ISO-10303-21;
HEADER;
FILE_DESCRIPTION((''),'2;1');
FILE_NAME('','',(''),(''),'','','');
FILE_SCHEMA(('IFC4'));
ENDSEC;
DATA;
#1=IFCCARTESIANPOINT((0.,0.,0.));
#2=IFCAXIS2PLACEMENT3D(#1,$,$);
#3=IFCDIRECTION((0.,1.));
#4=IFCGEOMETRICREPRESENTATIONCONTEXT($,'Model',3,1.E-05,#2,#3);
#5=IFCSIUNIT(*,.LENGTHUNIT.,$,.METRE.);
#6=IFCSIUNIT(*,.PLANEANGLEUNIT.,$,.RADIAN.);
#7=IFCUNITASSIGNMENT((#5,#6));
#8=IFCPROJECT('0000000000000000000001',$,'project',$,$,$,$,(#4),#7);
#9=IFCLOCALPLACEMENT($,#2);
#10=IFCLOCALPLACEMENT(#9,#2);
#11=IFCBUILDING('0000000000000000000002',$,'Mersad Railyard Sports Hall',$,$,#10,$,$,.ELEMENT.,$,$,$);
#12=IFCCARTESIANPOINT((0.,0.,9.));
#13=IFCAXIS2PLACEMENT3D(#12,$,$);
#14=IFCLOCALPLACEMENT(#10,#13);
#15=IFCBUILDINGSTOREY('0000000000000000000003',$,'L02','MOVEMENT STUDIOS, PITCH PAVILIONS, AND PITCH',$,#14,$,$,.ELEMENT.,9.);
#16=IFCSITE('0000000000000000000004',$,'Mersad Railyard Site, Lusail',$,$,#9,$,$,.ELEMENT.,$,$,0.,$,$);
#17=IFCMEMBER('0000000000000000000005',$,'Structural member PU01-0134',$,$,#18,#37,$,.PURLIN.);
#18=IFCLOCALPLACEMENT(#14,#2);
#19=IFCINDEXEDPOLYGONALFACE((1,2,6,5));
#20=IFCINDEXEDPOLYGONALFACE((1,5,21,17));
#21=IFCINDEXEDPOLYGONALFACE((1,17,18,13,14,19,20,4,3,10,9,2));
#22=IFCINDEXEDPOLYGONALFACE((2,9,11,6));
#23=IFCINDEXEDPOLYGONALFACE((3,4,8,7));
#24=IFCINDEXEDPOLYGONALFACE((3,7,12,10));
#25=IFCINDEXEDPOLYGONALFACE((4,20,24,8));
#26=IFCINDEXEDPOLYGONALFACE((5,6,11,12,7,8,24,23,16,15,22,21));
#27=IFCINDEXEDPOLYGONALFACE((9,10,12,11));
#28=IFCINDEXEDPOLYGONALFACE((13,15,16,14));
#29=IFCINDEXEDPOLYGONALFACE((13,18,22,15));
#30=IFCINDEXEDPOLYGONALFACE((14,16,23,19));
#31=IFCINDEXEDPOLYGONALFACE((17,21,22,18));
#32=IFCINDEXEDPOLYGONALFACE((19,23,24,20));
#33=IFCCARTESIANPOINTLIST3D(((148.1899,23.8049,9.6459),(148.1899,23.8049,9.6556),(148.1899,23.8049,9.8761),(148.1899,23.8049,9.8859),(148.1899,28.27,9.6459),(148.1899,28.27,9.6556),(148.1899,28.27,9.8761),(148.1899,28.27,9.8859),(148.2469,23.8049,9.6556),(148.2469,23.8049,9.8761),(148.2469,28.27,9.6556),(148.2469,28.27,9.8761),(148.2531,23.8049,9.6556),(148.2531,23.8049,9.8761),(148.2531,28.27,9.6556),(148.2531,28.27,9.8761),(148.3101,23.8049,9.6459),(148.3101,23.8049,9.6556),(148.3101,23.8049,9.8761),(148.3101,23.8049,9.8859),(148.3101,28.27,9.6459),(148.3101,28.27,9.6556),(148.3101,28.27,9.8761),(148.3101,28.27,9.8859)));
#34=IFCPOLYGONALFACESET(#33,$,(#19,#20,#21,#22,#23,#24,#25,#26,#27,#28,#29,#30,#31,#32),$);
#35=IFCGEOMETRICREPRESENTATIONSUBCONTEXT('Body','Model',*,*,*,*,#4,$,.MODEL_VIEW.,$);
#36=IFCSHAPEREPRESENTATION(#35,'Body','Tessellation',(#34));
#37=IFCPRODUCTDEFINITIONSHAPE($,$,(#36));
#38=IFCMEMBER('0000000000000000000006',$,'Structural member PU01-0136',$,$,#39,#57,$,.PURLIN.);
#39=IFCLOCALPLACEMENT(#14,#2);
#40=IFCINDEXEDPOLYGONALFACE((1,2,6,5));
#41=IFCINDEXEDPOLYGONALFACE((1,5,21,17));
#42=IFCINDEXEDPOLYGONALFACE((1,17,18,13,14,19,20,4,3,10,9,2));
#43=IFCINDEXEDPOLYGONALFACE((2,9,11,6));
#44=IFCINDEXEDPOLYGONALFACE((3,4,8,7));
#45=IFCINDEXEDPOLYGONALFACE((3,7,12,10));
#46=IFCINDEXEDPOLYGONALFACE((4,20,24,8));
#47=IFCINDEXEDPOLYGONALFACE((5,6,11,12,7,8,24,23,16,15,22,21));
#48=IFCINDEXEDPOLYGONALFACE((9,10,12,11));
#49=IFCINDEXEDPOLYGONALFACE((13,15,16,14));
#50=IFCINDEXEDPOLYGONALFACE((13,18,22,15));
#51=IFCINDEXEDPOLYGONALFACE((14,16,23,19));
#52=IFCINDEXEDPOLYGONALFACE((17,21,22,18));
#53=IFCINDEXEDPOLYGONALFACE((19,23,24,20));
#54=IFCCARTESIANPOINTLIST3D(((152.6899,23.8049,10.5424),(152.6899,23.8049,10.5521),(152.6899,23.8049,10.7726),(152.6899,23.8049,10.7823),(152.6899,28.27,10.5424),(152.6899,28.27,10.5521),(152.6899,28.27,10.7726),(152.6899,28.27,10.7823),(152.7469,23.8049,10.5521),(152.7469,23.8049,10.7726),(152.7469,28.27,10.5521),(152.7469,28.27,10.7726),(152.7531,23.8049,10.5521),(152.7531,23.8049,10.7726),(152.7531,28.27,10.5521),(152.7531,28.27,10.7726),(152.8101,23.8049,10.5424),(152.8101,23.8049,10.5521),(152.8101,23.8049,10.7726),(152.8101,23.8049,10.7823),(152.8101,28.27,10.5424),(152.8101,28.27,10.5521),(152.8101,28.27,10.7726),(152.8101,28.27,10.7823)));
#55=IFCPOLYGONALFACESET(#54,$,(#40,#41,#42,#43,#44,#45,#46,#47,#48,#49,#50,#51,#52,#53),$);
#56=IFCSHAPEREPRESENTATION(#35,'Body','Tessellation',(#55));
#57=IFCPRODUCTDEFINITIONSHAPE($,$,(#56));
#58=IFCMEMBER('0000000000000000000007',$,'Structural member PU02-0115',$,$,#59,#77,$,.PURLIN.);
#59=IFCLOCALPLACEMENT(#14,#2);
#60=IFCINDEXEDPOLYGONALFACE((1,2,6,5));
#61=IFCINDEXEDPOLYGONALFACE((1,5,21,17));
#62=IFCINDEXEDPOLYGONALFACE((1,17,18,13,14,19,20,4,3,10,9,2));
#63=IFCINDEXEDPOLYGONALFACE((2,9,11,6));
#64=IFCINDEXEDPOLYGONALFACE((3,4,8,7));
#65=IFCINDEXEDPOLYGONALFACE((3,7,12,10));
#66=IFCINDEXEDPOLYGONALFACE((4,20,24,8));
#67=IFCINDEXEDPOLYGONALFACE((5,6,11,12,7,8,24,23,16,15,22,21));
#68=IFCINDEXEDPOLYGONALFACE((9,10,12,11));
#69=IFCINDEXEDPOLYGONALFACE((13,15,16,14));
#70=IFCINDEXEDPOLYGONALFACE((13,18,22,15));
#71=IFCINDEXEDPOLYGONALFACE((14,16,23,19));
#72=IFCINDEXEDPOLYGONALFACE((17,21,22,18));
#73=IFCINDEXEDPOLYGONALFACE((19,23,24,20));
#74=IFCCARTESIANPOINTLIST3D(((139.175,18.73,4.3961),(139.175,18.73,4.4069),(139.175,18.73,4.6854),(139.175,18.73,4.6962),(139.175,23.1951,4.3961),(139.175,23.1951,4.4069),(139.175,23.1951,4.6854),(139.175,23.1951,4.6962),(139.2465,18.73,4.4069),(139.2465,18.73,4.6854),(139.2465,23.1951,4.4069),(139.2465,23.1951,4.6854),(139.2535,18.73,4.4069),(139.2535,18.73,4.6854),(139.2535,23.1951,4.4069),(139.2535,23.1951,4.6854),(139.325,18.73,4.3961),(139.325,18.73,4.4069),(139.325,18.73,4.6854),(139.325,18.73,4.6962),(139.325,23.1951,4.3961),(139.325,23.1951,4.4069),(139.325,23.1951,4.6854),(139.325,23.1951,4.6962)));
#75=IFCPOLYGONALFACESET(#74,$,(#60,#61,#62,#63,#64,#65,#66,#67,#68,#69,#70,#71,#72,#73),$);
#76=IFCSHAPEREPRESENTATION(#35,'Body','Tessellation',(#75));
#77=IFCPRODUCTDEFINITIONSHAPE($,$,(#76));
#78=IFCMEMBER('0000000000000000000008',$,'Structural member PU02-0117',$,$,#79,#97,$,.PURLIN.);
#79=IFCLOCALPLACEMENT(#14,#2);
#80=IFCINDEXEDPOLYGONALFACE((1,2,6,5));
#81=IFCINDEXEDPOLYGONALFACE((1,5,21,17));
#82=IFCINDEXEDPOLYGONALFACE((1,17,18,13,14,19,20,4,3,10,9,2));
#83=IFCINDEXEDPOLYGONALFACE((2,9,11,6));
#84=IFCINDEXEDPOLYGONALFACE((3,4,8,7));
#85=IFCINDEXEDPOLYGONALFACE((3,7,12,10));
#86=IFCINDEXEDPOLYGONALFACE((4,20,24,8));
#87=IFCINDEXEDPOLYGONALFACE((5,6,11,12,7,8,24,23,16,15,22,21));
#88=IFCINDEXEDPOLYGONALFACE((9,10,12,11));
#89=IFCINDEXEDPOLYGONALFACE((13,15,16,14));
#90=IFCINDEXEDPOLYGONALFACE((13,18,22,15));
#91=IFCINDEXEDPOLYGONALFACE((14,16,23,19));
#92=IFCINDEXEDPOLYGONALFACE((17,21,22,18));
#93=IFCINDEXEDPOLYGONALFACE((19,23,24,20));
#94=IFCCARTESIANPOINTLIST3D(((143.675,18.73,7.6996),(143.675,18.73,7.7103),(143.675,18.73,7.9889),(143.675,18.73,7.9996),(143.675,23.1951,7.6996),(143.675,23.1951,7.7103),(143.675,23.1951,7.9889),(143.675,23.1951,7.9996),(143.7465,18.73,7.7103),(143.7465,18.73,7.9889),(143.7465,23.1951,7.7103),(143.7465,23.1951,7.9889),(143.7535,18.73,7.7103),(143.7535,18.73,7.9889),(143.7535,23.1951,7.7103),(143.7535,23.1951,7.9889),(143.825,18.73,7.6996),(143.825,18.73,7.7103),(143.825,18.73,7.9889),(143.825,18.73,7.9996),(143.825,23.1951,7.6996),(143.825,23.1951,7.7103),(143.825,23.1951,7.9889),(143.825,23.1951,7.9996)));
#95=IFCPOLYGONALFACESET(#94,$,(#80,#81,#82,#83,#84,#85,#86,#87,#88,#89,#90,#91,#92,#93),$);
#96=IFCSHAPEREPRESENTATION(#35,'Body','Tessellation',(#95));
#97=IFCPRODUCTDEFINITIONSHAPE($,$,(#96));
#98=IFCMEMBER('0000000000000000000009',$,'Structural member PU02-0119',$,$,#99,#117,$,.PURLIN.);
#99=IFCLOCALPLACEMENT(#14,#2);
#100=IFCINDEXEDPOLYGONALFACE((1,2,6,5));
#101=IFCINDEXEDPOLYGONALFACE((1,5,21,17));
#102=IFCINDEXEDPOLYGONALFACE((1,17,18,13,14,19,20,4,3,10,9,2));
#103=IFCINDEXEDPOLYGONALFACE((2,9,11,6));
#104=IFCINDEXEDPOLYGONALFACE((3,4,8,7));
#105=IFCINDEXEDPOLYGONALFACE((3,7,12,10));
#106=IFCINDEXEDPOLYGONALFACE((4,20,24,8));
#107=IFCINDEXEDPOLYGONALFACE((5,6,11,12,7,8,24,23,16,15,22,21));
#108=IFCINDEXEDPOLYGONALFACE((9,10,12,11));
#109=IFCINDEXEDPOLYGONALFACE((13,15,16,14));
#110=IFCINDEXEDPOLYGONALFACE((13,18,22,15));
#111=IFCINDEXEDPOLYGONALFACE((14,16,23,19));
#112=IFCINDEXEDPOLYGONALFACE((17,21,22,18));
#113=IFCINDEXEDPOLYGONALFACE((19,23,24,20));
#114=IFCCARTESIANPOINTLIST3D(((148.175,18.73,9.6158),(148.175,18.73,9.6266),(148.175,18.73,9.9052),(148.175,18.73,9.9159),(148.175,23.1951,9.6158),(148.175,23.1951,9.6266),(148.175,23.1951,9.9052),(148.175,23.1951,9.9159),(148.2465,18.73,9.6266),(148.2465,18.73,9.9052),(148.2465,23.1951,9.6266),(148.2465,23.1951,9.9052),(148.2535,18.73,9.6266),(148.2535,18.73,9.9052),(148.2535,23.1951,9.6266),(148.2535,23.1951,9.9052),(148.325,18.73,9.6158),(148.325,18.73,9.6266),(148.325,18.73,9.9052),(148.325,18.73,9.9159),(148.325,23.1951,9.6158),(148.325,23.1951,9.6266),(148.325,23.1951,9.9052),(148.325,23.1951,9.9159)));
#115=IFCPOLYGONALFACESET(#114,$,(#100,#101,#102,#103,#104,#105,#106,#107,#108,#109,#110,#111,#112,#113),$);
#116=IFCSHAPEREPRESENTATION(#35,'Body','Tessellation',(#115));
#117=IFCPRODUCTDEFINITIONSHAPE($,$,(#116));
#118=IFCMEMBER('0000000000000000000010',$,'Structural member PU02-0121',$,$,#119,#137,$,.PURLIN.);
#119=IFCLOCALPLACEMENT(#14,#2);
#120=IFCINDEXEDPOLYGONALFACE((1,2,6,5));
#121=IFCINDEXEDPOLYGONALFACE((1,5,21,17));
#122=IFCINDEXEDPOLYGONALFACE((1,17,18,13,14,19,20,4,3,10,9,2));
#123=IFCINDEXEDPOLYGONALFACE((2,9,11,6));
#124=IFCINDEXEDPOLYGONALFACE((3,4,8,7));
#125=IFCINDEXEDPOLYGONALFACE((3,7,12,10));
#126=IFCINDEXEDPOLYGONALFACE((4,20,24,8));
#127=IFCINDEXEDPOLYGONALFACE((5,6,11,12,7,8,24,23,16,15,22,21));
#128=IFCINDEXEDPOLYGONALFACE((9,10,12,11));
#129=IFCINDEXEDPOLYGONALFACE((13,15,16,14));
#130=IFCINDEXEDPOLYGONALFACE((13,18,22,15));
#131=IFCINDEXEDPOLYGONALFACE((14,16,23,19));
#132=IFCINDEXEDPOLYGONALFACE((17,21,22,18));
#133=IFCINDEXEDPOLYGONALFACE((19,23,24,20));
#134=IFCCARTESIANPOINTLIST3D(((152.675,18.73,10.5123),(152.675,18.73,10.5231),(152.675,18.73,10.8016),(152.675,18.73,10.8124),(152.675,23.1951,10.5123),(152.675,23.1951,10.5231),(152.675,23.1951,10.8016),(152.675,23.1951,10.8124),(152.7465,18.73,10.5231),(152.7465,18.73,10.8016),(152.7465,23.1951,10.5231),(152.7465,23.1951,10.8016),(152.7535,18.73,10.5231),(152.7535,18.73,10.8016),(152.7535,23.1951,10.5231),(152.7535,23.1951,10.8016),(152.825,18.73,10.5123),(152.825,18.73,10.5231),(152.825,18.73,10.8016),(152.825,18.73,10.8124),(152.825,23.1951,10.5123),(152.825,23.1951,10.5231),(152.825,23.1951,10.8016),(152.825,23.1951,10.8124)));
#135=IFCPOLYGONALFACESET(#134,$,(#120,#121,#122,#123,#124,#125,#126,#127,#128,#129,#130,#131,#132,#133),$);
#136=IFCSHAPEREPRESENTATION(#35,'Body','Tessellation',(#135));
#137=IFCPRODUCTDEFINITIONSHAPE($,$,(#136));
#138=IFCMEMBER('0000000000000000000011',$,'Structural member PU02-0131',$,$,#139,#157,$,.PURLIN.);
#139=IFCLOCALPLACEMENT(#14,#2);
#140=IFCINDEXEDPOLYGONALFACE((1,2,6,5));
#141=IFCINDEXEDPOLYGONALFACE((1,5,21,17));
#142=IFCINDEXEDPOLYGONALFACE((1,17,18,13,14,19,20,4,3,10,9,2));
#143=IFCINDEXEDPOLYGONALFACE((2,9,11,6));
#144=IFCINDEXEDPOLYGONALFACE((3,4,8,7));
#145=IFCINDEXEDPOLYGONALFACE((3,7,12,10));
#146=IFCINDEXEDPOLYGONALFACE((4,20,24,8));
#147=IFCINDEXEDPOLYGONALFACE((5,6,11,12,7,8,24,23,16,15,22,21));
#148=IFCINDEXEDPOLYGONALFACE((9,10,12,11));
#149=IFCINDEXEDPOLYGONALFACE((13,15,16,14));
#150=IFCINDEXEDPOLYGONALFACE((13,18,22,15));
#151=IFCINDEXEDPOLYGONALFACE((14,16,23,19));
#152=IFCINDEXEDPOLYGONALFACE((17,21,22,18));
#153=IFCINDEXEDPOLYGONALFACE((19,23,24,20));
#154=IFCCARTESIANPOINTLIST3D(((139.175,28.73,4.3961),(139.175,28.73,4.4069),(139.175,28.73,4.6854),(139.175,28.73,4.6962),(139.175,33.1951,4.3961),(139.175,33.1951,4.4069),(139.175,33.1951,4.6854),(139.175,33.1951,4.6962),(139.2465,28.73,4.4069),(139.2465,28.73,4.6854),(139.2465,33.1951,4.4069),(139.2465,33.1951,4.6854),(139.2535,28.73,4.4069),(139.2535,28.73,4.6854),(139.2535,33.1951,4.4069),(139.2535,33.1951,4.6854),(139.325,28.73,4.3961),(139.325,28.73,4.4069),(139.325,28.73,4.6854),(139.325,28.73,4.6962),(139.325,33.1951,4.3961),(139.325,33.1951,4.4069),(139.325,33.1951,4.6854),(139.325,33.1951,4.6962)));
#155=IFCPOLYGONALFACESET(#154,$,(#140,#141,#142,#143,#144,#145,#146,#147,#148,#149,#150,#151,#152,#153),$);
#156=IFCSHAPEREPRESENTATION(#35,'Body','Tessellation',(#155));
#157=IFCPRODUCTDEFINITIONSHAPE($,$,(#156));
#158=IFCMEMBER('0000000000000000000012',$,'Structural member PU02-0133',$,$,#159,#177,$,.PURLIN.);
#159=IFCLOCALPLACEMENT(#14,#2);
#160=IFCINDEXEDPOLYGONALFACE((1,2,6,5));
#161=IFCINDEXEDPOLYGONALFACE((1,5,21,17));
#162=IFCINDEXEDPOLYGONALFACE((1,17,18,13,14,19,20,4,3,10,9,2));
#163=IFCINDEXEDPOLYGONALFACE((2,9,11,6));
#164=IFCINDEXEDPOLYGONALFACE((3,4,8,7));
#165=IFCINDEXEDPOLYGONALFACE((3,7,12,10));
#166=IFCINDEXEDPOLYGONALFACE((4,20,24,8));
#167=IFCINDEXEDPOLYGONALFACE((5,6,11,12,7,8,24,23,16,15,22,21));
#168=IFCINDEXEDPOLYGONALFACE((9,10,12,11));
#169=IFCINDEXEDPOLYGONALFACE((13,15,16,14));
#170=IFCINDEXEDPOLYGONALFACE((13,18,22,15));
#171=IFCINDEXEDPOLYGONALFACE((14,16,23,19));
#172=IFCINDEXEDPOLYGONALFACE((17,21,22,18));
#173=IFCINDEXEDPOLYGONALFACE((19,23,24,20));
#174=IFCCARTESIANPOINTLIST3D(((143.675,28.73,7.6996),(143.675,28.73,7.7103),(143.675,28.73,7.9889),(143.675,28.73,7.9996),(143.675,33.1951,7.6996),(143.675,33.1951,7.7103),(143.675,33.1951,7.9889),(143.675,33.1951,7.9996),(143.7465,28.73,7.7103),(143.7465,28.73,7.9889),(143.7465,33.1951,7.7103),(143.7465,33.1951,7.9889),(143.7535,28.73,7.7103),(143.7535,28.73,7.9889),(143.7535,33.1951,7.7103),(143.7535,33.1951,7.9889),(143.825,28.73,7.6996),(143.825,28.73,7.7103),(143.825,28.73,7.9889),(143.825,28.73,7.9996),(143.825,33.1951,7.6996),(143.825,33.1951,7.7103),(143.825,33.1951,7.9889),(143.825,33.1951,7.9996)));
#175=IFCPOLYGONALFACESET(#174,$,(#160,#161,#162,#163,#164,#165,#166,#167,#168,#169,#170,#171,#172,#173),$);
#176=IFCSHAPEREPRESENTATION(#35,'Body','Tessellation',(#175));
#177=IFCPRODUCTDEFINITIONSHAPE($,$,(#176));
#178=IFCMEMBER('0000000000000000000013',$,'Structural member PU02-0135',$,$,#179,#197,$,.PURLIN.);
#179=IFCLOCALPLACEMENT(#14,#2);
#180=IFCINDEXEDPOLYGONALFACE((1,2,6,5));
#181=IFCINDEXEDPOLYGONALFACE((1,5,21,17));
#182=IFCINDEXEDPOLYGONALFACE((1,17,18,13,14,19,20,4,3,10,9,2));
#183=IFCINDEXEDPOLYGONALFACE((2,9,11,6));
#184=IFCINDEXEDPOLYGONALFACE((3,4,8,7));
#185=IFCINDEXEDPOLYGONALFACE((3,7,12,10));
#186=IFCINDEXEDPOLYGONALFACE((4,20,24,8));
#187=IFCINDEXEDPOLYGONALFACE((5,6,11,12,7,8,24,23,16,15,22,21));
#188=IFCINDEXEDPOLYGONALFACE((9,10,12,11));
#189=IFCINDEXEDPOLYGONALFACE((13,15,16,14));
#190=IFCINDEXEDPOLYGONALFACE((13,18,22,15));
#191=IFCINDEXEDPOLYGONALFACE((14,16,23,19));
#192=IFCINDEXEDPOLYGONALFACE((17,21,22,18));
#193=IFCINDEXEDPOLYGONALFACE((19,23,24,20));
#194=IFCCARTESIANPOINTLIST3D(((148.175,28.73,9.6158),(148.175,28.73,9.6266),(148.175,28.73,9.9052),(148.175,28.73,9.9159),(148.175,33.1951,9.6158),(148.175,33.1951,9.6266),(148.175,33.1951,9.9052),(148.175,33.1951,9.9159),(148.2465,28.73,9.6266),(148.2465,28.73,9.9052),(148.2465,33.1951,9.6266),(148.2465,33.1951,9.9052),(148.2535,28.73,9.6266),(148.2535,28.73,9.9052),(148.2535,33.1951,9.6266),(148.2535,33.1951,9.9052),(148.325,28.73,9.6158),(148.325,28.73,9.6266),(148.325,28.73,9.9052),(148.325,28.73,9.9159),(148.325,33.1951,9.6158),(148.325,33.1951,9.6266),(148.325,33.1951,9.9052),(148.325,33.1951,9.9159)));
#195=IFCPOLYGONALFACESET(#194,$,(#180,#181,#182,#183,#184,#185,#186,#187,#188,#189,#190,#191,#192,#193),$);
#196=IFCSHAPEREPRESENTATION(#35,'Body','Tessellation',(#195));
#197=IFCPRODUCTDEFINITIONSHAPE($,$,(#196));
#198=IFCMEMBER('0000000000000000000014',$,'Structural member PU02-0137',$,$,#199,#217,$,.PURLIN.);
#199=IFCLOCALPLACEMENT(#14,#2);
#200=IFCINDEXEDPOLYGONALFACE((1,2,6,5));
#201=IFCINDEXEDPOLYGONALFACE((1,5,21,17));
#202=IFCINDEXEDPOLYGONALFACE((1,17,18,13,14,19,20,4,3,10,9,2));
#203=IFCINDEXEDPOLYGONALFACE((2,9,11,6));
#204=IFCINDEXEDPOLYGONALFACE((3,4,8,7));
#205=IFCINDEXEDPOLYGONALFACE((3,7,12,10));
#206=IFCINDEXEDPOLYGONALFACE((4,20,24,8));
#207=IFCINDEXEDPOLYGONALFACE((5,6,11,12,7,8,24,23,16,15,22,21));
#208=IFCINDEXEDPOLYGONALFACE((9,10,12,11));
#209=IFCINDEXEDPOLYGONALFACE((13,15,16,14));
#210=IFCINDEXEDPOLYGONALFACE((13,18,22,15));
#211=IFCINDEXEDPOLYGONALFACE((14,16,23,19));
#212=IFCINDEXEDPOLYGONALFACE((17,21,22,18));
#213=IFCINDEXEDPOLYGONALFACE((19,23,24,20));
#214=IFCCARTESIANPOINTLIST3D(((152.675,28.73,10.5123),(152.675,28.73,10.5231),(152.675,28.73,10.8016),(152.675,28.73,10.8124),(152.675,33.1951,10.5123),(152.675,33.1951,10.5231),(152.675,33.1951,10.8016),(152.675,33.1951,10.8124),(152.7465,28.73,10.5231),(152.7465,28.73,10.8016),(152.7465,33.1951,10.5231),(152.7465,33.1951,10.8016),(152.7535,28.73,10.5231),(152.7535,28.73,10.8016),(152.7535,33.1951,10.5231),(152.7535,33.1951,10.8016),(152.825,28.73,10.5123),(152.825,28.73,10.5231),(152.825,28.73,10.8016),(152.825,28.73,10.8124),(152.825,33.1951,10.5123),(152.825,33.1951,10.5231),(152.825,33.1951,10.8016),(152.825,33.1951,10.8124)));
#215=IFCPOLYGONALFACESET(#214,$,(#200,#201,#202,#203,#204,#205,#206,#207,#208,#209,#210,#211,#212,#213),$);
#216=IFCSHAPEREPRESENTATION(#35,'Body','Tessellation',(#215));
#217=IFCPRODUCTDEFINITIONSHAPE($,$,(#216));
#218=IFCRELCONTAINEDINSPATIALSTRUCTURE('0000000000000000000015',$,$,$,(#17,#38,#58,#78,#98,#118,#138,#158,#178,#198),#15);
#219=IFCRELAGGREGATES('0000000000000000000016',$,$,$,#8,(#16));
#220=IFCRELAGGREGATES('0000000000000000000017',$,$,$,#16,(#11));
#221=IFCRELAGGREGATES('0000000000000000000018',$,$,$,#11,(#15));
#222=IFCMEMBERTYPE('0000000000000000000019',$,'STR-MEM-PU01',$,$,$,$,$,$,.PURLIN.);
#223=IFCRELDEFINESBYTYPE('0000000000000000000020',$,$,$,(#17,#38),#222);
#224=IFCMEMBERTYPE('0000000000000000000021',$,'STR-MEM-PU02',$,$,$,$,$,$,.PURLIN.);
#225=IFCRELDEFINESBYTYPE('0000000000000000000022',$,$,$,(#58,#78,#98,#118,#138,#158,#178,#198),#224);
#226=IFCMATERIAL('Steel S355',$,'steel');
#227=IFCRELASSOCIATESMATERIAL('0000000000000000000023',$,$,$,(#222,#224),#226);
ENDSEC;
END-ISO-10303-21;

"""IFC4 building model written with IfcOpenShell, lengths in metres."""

from ifc_helpers import new_model, si_unit, direction, frame, origin, origin_2d, place, context, subcontext, project, spatial, i_section, extrude, material, material_profile, profile_set, type_object, element, save


model = new_model("IFC4")

# Units and contexts
model_context = context("Model", 3, precision=1e-05, world=origin(), true_north=direction((0.0, 1.0)))
body_context = subcontext(model_context, "Body", "Model", "MODEL_VIEW")
ifc_project = project(units=[si_unit("LENGTHUNIT", "METRE"), si_unit("PLANEANGLEUNIT", "RADIAN")], contexts=[model_context])

# Site, building, storey
site_placement = place(None, origin())
site = spatial("IfcSite", under=ifc_project, at=site_placement, Name="Mersad Railyard Site, Lusail", CompositionType="ELEMENT", RefElevation=0.0)
building_placement = place(site_placement, origin())
building = spatial("IfcBuilding", under=site, at=building_placement, Name="Mersad Railyard Sports Hall", CompositionType="ELEMENT")
storey_placement = place(building_placement, frame((0.0, 0.0, 9.0)))
storey = spatial("IfcBuildingStorey", under=building, at=storey_placement, Name="L02", Description="MOVEMENT STUDIOS, PITCH PAVILIONS, AND PITCH", CompositionType="ELEMENT", Elevation=9.0)

# Members
ifc_material_1 = material(Name="Steel S355", Category="steel")
ifc_material_profile_1 = material_profile(ifc_material_1, i_section(OverallWidth=0.1201, OverallDepth=0.24, WebThickness=0.0061, FlangeThickness=0.0098, at=origin_2d()), Name="IPE 240")
ifc_profile_set_1 = profile_set([ifc_material_profile_1], Name="Steel S355")
member_type_1 = type_object("IfcMemberType", Name="STR-MEM-PU01", PredefinedType="PURLIN", material=ifc_profile_set_1)
for number, where, z_axis, x_axis, name in (
    (1, (148.25, 23.8049, 9.7659), (0.0, 1.0, 0.0), (-1.0, 0.0, 0.0), "Structural member PU01-0134"),
    (2, (152.75, 23.8049, 10.6624), (0.0, 1.0, 0.0), (-1.0, 0.0, 0.0), "Structural member PU01-0136"),
):
    element("IfcMember", number, at=place(storey_placement, frame(where, z_axis=z_axis, x_axis=x_axis)), inside=storey, type_object=member_type_1, Name=name, PredefinedType="PURLIN", context=body_context, shape_type="SweptSolid", body=[
        extrude(i_section(OverallWidth=0.1201, OverallDepth=0.24, WebThickness=0.0061, FlangeThickness=0.0098, at=origin_2d()), origin(), (0.0, 0.0, 1.0), 4.4651),
    ])
ifc_material_profile_2 = material_profile(ifc_material_1, i_section(OverallWidth=0.1499, OverallDepth=0.3, WebThickness=0.0071, FlangeThickness=0.0107, at=origin_2d()), Name="IPE 300")
ifc_profile_set_2 = profile_set([ifc_material_profile_2], Name="Steel S355")
member_type_2 = type_object("IfcMemberType", Name="STR-MEM-PU02", PredefinedType="PURLIN", material=ifc_profile_set_2)
for number, where, z_axis, x_axis, name in (
    (3, (139.25, 18.73, 4.5461), (0.0, 1.0, 0.0), (-1.0, 0.0, 0.0), "Structural member PU02-0115"),
    (4, (143.75, 18.73, 7.8496), (0.0, 1.0, 0.0), (-1.0, 0.0, 0.0), "Structural member PU02-0117"),
    (5, (148.25, 18.73, 9.7659), (0.0, 1.0, 0.0), (-1.0, 0.0, 0.0), "Structural member PU02-0119"),
    (6, (152.75, 18.73, 10.6624), (0.0, 1.0, 0.0), (-1.0, 0.0, 0.0), "Structural member PU02-0121"),
    (7, (139.25, 28.73, 4.5461), (0.0, 1.0, 0.0), (-1.0, 0.0, 0.0), "Structural member PU02-0131"),
    (8, (143.75, 28.73, 7.8496), (0.0, 1.0, 0.0), (-1.0, 0.0, 0.0), "Structural member PU02-0133"),
    (9, (148.25, 28.73, 9.7659), (0.0, 1.0, 0.0), (-1.0, 0.0, 0.0), "Structural member PU02-0135"),
    (10, (152.75, 28.73, 10.6624), (0.0, 1.0, 0.0), (-1.0, 0.0, 0.0), "Structural member PU02-0137"),
):
    element("IfcMember", number, at=place(storey_placement, frame(where, z_axis=z_axis, x_axis=x_axis)), inside=storey, type_object=member_type_2, Name=name, PredefinedType="PURLIN", context=body_context, shape_type="SweptSolid", body=[
        extrude(i_section(OverallWidth=0.1499, OverallDepth=0.3, WebThickness=0.0071, FlangeThickness=0.0107, at=origin_2d()), origin(), (0.0, 0.0, 1.0), 4.4651),
    ])

save(model, "model.ifc")
